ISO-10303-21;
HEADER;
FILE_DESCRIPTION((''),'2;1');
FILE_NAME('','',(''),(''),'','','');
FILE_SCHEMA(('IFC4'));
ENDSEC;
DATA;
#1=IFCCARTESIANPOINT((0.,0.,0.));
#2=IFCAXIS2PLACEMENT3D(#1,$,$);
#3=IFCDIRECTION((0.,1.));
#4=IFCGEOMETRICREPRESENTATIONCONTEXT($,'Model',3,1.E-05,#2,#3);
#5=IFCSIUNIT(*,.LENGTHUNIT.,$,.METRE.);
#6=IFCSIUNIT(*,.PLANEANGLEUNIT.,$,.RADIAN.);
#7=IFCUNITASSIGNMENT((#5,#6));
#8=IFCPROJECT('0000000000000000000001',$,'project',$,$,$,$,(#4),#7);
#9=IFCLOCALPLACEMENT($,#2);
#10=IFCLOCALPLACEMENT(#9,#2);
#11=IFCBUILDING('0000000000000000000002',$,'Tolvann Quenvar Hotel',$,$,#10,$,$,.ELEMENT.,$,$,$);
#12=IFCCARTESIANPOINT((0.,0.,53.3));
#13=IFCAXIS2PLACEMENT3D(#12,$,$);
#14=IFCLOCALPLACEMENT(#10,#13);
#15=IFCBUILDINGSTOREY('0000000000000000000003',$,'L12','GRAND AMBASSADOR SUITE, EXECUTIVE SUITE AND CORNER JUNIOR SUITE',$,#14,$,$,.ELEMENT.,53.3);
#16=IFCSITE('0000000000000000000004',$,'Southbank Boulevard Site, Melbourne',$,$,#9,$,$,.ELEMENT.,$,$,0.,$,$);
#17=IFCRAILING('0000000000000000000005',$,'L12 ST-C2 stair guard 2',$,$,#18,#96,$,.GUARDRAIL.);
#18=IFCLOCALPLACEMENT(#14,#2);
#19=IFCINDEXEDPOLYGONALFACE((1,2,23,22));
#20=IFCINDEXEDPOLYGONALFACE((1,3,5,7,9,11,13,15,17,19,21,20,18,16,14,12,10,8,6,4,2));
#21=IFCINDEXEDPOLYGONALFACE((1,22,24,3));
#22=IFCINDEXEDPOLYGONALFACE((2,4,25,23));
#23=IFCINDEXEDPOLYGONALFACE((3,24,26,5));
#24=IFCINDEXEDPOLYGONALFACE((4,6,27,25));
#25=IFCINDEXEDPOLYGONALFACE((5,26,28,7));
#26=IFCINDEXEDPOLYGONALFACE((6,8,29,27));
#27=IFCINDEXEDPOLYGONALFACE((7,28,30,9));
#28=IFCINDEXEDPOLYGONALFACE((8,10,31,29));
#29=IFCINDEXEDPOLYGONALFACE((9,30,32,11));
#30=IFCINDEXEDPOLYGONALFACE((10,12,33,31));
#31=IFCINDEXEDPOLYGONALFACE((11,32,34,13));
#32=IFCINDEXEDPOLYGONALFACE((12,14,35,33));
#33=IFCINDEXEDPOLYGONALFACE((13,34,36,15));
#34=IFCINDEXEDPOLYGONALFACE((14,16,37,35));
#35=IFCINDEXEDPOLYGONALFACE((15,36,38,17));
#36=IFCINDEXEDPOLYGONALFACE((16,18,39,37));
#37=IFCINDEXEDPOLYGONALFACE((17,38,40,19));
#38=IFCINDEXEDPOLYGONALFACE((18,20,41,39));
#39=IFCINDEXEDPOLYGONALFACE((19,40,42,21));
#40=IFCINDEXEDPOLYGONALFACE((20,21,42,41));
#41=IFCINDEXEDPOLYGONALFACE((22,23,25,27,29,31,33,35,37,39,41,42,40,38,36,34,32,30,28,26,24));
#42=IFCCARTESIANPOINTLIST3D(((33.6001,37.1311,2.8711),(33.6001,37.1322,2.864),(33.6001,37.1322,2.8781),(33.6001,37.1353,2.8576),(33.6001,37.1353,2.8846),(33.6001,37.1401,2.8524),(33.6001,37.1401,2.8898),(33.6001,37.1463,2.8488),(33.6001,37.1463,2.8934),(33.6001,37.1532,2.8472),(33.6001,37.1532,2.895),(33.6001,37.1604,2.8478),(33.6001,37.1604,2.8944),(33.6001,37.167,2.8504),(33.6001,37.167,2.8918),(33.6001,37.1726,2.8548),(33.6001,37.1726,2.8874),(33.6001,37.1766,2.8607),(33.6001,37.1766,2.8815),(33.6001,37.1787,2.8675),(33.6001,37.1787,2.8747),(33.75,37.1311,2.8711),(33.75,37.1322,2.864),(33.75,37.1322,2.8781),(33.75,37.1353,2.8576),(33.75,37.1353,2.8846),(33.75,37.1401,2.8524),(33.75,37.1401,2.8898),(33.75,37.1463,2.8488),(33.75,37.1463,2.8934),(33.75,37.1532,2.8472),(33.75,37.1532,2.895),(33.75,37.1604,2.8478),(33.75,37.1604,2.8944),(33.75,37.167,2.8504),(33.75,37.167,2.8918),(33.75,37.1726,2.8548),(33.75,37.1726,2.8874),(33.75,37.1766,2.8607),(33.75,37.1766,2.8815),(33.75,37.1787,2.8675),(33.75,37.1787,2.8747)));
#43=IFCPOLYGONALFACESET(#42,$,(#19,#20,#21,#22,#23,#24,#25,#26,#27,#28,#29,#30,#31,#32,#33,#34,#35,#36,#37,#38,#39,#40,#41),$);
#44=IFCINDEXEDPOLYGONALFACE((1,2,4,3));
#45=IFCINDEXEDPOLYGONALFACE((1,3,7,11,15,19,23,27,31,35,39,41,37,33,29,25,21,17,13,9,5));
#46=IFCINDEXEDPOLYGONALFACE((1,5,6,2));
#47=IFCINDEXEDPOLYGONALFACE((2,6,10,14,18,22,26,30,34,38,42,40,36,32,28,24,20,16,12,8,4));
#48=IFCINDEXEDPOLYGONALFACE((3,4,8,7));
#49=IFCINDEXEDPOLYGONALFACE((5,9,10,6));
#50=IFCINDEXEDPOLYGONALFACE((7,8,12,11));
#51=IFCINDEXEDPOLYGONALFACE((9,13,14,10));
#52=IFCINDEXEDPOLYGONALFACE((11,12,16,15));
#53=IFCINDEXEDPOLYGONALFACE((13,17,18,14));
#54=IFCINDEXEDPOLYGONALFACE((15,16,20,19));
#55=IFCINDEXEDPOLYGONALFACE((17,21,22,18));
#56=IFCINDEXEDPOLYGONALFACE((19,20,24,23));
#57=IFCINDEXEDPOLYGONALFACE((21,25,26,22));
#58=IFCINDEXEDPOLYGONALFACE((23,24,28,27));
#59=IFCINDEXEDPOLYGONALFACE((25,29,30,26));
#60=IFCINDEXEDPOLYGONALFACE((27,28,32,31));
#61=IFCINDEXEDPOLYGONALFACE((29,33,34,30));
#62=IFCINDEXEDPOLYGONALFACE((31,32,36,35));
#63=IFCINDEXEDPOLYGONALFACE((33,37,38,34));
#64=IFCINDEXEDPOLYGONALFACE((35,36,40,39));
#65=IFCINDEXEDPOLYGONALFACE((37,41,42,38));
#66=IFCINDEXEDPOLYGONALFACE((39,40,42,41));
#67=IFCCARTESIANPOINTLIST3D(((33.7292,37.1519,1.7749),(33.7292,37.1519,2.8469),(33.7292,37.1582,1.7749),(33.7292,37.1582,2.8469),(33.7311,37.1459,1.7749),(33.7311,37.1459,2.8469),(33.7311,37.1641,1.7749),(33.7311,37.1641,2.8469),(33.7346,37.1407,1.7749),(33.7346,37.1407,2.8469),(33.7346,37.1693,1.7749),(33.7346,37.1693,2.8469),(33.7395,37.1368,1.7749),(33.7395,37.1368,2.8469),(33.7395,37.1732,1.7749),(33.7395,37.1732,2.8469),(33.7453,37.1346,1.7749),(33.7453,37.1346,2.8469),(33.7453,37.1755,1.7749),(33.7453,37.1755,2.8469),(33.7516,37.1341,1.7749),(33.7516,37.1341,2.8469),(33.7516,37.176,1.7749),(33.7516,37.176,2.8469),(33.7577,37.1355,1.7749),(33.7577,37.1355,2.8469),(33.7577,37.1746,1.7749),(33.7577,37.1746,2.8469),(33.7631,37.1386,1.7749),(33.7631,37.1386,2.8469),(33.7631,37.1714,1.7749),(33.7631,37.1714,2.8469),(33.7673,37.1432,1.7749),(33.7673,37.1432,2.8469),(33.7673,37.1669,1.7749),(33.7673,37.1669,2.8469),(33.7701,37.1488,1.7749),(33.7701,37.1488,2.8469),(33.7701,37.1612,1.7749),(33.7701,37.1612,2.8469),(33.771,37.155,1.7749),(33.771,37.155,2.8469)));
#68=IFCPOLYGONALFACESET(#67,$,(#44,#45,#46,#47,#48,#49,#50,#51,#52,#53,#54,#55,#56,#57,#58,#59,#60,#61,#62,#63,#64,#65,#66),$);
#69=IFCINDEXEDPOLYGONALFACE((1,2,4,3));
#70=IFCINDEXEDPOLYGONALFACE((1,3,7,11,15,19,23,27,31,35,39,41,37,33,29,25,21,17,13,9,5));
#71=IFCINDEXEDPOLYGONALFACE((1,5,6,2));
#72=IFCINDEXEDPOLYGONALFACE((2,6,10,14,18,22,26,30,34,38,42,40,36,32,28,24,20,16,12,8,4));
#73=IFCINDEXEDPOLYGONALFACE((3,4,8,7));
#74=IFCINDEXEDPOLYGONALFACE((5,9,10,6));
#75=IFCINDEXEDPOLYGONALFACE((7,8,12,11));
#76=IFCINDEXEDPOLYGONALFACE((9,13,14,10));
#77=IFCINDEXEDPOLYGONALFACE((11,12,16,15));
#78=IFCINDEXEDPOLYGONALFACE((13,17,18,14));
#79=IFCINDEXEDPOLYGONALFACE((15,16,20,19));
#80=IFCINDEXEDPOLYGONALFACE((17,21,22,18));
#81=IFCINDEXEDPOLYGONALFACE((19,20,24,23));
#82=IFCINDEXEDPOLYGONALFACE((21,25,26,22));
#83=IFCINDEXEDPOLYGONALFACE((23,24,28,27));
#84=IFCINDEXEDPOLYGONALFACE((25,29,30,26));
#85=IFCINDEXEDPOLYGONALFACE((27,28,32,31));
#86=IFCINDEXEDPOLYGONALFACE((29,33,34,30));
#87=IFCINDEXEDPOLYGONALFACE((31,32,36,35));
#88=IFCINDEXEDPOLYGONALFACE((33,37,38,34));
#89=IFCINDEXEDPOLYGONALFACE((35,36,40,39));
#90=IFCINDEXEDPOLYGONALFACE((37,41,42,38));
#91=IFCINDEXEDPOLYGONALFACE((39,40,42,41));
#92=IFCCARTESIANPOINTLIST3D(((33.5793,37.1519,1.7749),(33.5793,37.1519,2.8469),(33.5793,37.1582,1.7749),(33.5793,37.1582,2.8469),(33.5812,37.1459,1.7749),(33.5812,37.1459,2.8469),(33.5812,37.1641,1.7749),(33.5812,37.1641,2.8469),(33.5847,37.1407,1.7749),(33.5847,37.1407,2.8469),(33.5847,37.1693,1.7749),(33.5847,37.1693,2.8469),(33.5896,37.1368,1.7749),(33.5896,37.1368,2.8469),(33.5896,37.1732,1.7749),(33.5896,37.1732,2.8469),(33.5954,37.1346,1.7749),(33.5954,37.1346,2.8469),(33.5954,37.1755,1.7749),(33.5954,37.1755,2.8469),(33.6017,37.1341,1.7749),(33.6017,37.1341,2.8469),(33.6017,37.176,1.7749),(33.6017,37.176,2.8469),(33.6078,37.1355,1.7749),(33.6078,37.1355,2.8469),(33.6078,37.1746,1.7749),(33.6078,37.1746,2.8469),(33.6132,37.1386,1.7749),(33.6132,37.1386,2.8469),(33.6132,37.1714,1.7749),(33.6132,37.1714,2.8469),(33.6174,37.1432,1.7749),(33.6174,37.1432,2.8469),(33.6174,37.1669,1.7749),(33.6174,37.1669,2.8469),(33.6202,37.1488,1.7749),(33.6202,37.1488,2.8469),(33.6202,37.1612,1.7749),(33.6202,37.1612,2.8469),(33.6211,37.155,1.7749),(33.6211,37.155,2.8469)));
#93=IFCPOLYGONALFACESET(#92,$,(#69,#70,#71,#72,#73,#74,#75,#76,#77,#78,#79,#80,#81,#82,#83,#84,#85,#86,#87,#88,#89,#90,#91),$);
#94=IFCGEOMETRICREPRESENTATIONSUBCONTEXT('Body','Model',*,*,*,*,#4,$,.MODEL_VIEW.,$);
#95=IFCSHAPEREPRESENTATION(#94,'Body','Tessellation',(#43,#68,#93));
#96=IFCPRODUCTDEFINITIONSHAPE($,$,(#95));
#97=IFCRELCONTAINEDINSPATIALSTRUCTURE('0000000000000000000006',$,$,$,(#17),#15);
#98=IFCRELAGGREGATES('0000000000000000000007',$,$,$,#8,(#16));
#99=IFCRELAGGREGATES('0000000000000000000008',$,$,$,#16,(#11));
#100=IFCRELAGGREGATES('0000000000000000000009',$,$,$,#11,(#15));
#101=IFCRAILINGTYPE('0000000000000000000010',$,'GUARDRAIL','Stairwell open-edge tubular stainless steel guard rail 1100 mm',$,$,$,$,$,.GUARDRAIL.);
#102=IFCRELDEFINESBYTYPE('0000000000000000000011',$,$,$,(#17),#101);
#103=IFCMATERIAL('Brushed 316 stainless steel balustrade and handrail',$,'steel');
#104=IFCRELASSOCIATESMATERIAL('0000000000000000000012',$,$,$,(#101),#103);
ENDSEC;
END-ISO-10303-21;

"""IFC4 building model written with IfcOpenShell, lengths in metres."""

from ifc_helpers import new_model, si_unit, direction, frame, origin, origin_2d, place, context, subcontext, project, spatial, circle, extrude, material, type_object, element, save


model = new_model("IFC4")

# Units and contexts
model_context = context("Model", 3, precision=1e-05, world=origin(), true_north=direction((0.0, 1.0)))
body_context = subcontext(model_context, "Body", "Model", "MODEL_VIEW")
ifc_project = project(units=[si_unit("LENGTHUNIT", "METRE"), si_unit("PLANEANGLEUNIT", "RADIAN")], contexts=[model_context])

# Site, building, storey
site_placement = place(None, origin())
site = spatial("IfcSite", under=ifc_project, at=site_placement, Name="Southbank Boulevard Site, Melbourne", CompositionType="ELEMENT", RefElevation=0.0)
building_placement = place(site_placement, origin())
building = spatial("IfcBuilding", under=site, at=building_placement, Name="Tolvann Quenvar Hotel", CompositionType="ELEMENT")
storey_placement = place(building_placement, frame((0.0, 0.0, 53.3)))
storey = spatial("IfcBuildingStorey", under=building, at=storey_placement, Name="L12", Description="GRAND AMBASSADOR SUITE, EXECUTIVE SUITE AND CORNER JUNIOR SUITE", CompositionType="ELEMENT", Elevation=53.3)

# Railing
ifc_material_1 = material(Name="Brushed 316 stainless steel balustrade and handrail", Category="steel")
railing_type_1 = type_object("IfcRailingType", Name="GUARDRAIL", Description="Stairwell open-edge tubular stainless steel guard rail 1100 mm", PredefinedType="GUARDRAIL", material=ifc_material_1)
railing_1_placement = place(storey_placement, frame((33.75, 37.155, 1.7749)))
element("IfcRailing", 1, at=railing_1_placement, inside=storey, type_object=railing_type_1, Name="L12 ST-C2 stair guard 2", PredefinedType="GUARDRAIL", context=body_context, shape_type="SweptSolid", body=[
    extrude(circle(Radius=0.0239, at=origin_2d()), frame((0.0, 0.0, 1.0962), z_axis=(-1.0, 0.0, 0.0), x_axis=(0.0, -1.0, 0.0)), (0.0, 0.0, 1.0), 0.1499),
    extrude(circle(Radius=0.021, at=origin_2d()), origin(), (0.0, 0.0, 1.0), 1.072),
    extrude(circle(Radius=0.021, at=origin_2d()), frame((-0.1499, 0.0, 0.0)), (0.0, 0.0, 1.0), 1.072),
])

save(model, "model.ifc")
